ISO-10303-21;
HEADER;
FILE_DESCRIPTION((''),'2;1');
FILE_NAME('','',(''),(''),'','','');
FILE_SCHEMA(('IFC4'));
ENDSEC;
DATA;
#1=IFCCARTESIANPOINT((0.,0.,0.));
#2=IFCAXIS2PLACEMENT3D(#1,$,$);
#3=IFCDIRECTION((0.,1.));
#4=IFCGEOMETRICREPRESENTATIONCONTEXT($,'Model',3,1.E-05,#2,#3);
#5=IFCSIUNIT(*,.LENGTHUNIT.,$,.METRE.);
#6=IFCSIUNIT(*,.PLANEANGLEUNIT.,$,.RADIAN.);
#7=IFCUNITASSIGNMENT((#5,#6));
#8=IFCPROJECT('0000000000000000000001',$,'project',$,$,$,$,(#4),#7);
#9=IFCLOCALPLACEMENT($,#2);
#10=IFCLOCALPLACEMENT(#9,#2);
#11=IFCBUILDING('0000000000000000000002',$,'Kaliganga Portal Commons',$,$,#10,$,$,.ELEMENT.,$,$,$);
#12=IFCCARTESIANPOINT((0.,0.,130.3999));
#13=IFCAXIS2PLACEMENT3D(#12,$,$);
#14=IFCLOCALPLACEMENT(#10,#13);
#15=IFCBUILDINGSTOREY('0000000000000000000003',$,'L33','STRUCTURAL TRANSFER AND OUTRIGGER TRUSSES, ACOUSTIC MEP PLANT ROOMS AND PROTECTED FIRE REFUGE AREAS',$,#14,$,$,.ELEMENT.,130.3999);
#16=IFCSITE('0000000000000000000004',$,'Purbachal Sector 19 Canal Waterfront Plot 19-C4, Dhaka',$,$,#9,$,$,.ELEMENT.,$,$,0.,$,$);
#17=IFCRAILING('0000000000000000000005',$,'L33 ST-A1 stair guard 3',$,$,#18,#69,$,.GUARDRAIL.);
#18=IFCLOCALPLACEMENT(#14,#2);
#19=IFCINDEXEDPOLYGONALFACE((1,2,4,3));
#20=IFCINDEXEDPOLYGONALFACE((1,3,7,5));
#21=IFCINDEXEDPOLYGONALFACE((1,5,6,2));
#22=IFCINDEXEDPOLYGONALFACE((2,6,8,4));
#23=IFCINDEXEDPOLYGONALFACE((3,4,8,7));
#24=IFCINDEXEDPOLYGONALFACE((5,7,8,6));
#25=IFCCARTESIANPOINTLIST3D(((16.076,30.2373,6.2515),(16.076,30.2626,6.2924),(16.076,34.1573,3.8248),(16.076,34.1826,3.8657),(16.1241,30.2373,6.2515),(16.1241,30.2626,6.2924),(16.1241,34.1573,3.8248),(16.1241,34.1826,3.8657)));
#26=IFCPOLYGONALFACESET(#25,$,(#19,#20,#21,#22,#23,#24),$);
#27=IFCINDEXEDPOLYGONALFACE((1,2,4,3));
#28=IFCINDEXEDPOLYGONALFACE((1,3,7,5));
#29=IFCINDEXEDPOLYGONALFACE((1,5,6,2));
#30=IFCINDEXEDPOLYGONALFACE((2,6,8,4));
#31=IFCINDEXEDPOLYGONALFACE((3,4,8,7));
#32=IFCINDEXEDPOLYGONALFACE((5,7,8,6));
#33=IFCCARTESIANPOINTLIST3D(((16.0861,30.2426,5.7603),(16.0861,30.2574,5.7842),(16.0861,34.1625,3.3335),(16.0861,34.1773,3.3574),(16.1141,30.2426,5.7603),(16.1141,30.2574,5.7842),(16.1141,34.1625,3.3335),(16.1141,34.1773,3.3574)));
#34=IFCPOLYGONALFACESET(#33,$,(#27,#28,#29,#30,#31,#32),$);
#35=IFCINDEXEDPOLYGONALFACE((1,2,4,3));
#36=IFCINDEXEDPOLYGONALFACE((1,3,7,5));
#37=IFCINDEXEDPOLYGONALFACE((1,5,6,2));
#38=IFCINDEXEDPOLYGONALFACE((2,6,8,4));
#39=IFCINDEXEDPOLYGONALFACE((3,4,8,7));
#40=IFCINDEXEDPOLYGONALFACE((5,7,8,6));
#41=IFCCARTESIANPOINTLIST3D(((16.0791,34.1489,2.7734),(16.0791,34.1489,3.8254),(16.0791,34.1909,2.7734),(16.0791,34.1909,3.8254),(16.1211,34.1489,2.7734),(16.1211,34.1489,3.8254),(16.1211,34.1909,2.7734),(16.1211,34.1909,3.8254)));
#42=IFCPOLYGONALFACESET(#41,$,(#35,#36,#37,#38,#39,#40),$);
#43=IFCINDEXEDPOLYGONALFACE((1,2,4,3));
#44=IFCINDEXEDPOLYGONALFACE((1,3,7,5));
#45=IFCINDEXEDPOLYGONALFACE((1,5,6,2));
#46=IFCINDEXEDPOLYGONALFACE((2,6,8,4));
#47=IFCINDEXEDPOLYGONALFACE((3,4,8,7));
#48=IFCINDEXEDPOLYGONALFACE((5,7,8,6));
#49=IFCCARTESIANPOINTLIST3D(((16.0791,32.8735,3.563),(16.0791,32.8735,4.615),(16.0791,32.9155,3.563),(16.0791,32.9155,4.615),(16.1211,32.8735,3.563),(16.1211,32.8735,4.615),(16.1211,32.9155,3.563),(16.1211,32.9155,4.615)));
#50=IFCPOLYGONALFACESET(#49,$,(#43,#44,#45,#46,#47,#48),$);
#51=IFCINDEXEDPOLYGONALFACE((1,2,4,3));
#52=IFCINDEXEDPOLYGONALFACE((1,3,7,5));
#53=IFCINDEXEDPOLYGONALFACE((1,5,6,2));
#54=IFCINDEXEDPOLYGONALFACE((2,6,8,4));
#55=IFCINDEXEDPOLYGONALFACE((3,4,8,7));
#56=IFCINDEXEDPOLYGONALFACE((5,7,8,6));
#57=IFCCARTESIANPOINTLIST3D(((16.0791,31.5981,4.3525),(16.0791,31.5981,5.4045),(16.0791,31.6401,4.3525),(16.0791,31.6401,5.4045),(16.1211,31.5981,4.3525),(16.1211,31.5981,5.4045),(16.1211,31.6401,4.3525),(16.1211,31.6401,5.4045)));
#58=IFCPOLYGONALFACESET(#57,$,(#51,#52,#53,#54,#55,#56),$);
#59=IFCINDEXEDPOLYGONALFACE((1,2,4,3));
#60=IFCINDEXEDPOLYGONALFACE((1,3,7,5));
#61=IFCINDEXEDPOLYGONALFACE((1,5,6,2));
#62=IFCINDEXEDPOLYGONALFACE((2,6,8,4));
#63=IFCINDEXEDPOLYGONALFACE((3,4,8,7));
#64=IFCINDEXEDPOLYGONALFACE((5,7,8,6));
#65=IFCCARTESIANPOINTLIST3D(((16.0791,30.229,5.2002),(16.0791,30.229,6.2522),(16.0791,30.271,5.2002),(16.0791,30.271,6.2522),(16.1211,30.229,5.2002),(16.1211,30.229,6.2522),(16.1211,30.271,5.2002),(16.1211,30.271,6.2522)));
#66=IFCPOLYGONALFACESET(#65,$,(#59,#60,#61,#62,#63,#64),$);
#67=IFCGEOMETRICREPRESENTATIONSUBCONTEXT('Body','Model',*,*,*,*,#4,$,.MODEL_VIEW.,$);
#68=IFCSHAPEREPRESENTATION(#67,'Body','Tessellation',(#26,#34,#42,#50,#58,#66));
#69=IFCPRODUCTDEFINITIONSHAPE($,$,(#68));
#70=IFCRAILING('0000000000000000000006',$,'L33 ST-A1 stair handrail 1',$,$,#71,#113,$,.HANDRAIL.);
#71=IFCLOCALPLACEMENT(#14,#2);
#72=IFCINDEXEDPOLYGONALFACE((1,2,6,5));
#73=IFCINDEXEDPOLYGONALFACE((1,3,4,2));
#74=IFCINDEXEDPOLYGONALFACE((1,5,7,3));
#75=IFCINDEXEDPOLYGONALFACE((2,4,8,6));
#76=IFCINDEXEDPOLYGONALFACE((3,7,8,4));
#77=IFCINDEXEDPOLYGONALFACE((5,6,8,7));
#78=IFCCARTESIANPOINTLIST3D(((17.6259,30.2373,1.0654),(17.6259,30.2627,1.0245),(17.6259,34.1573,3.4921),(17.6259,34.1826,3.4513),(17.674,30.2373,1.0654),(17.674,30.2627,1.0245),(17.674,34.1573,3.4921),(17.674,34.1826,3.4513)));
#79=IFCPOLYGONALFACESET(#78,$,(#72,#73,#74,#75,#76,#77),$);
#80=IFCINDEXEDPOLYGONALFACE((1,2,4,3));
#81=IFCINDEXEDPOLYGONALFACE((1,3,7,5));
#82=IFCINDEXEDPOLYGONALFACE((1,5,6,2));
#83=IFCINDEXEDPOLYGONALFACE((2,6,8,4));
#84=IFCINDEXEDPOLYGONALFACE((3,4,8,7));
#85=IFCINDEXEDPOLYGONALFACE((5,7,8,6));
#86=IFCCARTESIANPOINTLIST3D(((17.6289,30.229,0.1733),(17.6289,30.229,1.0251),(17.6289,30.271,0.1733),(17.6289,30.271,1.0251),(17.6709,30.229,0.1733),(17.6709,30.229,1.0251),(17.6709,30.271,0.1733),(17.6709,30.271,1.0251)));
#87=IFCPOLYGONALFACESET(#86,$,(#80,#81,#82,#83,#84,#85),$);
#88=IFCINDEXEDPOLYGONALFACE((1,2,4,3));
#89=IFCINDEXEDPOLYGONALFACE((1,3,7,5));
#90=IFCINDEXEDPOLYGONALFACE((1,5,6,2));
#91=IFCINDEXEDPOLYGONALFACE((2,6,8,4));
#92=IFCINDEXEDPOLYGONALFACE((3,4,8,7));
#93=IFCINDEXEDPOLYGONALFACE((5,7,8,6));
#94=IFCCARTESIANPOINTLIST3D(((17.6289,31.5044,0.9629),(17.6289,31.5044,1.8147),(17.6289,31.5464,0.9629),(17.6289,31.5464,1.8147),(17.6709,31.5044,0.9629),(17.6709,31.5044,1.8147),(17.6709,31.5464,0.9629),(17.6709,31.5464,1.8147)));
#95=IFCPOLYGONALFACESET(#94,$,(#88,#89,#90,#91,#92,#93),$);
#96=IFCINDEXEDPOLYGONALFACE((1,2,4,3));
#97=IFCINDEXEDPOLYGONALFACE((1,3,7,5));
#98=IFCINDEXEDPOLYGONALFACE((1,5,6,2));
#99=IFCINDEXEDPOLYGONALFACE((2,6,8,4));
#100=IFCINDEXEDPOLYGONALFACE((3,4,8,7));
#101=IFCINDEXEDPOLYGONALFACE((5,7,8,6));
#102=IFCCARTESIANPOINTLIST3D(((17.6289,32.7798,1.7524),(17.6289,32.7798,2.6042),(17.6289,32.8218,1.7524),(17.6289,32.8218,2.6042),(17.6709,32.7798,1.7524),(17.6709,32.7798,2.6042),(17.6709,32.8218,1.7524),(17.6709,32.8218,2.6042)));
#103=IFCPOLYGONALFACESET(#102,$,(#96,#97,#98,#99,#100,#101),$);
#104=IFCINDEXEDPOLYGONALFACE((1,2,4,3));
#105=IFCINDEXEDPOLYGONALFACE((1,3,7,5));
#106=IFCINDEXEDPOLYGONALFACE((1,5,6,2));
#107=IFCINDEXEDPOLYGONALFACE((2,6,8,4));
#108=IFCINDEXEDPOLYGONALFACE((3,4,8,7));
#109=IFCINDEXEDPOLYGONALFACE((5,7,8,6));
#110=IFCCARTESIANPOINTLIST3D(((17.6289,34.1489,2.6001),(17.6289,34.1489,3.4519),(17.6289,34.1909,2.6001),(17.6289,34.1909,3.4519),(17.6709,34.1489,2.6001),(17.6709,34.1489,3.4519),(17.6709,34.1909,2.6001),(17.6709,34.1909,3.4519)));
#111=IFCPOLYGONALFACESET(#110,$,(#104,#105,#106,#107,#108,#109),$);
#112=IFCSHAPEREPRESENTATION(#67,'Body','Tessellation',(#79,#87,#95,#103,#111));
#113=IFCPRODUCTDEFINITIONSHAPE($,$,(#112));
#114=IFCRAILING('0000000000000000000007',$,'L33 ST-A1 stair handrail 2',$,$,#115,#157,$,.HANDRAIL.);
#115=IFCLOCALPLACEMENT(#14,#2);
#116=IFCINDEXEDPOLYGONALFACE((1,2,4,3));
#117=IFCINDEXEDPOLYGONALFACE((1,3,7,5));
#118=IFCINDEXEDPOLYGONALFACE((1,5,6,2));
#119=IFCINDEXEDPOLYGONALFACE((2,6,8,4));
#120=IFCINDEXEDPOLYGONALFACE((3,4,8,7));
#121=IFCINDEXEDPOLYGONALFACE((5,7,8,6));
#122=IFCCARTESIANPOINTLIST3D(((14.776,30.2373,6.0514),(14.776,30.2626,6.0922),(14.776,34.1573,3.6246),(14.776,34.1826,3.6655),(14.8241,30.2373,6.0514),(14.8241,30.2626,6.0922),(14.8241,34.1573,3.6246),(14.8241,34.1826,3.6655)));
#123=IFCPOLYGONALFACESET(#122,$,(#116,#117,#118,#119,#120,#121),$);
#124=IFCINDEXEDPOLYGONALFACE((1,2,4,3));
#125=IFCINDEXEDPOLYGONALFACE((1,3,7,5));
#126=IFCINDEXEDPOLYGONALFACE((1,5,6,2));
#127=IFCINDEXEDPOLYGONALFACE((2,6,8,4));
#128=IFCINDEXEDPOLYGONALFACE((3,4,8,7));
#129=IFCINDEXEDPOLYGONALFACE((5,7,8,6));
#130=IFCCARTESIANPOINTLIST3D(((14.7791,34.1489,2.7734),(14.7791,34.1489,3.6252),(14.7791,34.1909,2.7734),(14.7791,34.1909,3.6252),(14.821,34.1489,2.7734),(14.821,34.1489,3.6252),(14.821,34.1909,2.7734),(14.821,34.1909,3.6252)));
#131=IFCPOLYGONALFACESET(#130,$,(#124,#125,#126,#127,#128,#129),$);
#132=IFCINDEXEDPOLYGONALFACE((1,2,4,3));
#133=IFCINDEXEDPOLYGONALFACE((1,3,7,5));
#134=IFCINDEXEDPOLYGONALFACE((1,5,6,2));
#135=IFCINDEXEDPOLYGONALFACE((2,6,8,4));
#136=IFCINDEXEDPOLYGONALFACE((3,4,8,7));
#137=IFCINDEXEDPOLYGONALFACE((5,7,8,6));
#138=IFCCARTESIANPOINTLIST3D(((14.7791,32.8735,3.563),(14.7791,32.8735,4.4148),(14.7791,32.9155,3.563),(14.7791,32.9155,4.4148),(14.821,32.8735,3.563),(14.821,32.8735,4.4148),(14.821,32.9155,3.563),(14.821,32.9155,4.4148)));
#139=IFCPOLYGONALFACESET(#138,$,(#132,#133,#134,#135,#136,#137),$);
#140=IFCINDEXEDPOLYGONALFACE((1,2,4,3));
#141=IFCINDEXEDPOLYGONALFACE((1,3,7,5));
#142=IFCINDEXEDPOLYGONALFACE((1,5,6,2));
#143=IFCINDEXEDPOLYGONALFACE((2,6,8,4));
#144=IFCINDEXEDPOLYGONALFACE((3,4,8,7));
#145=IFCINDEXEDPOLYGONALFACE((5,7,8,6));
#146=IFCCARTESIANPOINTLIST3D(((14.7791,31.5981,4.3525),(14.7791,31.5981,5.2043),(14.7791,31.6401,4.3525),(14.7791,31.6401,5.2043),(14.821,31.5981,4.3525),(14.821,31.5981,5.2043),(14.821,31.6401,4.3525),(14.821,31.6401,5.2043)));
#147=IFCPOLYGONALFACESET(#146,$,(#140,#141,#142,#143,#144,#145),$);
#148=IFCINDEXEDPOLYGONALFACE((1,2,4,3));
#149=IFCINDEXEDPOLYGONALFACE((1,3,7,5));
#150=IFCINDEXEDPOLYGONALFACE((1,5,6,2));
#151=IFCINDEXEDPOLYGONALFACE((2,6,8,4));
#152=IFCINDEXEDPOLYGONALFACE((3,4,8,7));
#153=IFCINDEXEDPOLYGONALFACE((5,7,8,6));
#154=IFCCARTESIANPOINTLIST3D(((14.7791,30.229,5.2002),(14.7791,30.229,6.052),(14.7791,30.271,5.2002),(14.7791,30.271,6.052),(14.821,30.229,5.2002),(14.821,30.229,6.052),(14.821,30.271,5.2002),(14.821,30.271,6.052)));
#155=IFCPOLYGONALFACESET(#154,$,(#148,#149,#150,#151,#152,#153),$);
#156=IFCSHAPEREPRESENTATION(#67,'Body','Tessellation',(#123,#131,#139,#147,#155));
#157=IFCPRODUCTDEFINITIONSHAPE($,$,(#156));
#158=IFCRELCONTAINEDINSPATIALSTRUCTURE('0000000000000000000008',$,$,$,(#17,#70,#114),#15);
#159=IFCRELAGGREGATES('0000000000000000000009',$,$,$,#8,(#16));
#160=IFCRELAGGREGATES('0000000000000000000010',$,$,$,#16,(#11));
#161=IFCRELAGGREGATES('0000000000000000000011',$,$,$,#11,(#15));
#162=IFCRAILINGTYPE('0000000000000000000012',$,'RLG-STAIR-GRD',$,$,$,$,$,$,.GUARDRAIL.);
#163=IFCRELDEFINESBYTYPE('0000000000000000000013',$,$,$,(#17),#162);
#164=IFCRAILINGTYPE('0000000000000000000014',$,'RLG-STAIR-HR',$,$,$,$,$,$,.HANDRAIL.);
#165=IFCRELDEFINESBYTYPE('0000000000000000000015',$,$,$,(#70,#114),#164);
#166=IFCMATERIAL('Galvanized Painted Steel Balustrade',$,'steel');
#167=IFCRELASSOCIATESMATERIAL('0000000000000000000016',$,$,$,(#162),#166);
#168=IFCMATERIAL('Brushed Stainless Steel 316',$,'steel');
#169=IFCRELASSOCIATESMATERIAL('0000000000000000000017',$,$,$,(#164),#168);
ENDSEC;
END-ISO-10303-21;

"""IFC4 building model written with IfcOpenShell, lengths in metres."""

from ifc_helpers import new_model, si_unit, direction, frame, origin, origin_2d, place, context, subcontext, project, spatial, rectangle, extrude, material, type_object, element, save


model = new_model("IFC4")

# Units and contexts
model_context = context("Model", 3, precision=1e-05, world=origin(), true_north=direction((0.0, 1.0)))
body_context = subcontext(model_context, "Body", "Model", "MODEL_VIEW")
ifc_project = project(units=[si_unit("LENGTHUNIT", "METRE"), si_unit("PLANEANGLEUNIT", "RADIAN")], contexts=[model_context])

# Site, building, storey
site_placement = place(None, origin())
site = spatial("IfcSite", under=ifc_project, at=site_placement, Name="Purbachal Sector 19 Canal Waterfront Plot 19-C4, Dhaka", CompositionType="ELEMENT", RefElevation=0.0)
building_placement = place(site_placement, origin())
building = spatial("IfcBuilding", under=site, at=building_placement, Name="Kaliganga Portal Commons", CompositionType="ELEMENT")
storey_placement = place(building_placement, frame((0.0, 0.0, 130.3999)))
storey = spatial("IfcBuildingStorey", under=building, at=storey_placement, Name="L33", Description="STRUCTURAL TRANSFER AND OUTRIGGER TRUSSES, ACOUSTIC MEP PLANT ROOMS AND PROTECTED FIRE REFUGE AREAS", CompositionType="ELEMENT", Elevation=130.3999)

# Railings
ifc_material_1 = material(Name="Galvanized Painted Steel Balustrade", Category="steel")
railing_type_1 = type_object("IfcRailingType", Name="RLG-STAIR-GRD", PredefinedType="GUARDRAIL", material=ifc_material_1)
railing_1_placement = place(storey_placement, frame((16.1001, 34.1699, 2.7734)))
element("IfcRailing", 1, at=railing_1_placement, inside=storey, type_object=railing_type_1, Name="L33 ST-A1 stair guard 3", PredefinedType="GUARDRAIL", context=body_context, shape_type="SweptSolid", body=[
    extrude(rectangle(XDim=0.0481, YDim=0.0481, at=origin_2d()), frame((0.0, 0.0, 1.0718), z_axis=(0.0, -0.850252, 0.526376), x_axis=(1.0, 0.0, 0.0)), (0.0, 0.0, 1.0), 4.6104),
    extrude(rectangle(XDim=0.0281, YDim=0.0281, at=origin_2d()), frame((0.0, 0.0, 0.572), z_axis=(0.0, -0.850252, 0.526376), x_axis=(1.0, 0.0, 0.0)), (0.0, 0.0, 1.0), 4.6104),
    extrude(rectangle(XDim=0.042, YDim=0.042, at=origin_2d()), origin(), (0.0, 0.0, 1.0), 1.052),
    extrude(rectangle(XDim=0.042, YDim=0.042, at=origin_2d()), frame((0.0, -1.2754, 0.7896)), (0.0, 0.0, 1.0), 1.052),
    extrude(rectangle(XDim=0.042, YDim=0.042, at=origin_2d()), frame((0.0, -2.5508, 1.5791)), (0.0, 0.0, 1.0), 1.052),
    extrude(rectangle(XDim=0.042, YDim=0.042, at=origin_2d()), frame((0.0, -3.9199, 2.4268)), (0.0, 0.0, 1.0), 1.052),
])
ifc_material_2 = material(Name="Brushed Stainless Steel 316", Category="steel")
railing_type_2 = type_object("IfcRailingType", Name="RLG-STAIR-HR", PredefinedType="HANDRAIL", material=ifc_material_2)
railing_2_placement = place(storey_placement, frame((17.6499, 30.25, 0.1733)))
element("IfcRailing", 2, at=railing_2_placement, inside=storey, type_object=railing_type_2, Name="L33 ST-A1 stair handrail 1", PredefinedType="HANDRAIL", context=body_context, shape_type="SweptSolid", body=[
    extrude(rectangle(XDim=0.0481, YDim=0.0481, at=origin_2d()), frame((0.0, 0.0, 0.8716), z_axis=(0.0, 0.850252, 0.526376), x_axis=(-1.0, 0.0, 0.0)), (0.0, 0.0, 1.0), 4.6104),
    extrude(rectangle(XDim=0.042, YDim=0.042, at=origin_2d()), origin(), (0.0, 0.0, 1.0), 0.8518),
    extrude(rectangle(XDim=0.042, YDim=0.042, at=origin_2d()), frame((0.0, 1.2754, 0.7896)), (0.0, 0.0, 1.0), 0.8518),
    extrude(rectangle(XDim=0.042, YDim=0.042, at=origin_2d()), frame((0.0, 2.5508, 1.5791)), (0.0, 0.0, 1.0), 0.8518),
    extrude(rectangle(XDim=0.042, YDim=0.042, at=origin_2d()), frame((0.0, 3.9199, 2.4268)), (0.0, 0.0, 1.0), 0.8518),
])
railing_3_placement = place(storey_placement, frame((14.8, 34.1699, 2.7734)))
element("IfcRailing", 3, at=railing_3_placement, inside=storey, type_object=railing_type_2, Name="L33 ST-A1 stair handrail 2", PredefinedType="HANDRAIL", context=body_context, shape_type="SweptSolid", body=[
    extrude(rectangle(XDim=0.0481, YDim=0.0481, at=origin_2d()), frame((0.0, 0.0, 0.8716), z_axis=(0.0, -0.850252, 0.526376), x_axis=(1.0, 0.0, 0.0)), (0.0, 0.0, 1.0), 4.6104),
    extrude(rectangle(XDim=0.042, YDim=0.042, at=origin_2d()), origin(), (0.0, 0.0, 1.0), 0.8518),
    extrude(rectangle(XDim=0.042, YDim=0.042, at=origin_2d()), frame((0.0, -1.2754, 0.7896)), (0.0, 0.0, 1.0), 0.8518),
    extrude(rectangle(XDim=0.042, YDim=0.042, at=origin_2d()), frame((0.0, -2.5508, 1.5791)), (0.0, 0.0, 1.0), 0.8518),
    extrude(rectangle(XDim=0.042, YDim=0.042, at=origin_2d()), frame((0.0, -3.9199, 2.4268)), (0.0, 0.0, 1.0), 0.8518),
])

save(model, "model.ifc")
